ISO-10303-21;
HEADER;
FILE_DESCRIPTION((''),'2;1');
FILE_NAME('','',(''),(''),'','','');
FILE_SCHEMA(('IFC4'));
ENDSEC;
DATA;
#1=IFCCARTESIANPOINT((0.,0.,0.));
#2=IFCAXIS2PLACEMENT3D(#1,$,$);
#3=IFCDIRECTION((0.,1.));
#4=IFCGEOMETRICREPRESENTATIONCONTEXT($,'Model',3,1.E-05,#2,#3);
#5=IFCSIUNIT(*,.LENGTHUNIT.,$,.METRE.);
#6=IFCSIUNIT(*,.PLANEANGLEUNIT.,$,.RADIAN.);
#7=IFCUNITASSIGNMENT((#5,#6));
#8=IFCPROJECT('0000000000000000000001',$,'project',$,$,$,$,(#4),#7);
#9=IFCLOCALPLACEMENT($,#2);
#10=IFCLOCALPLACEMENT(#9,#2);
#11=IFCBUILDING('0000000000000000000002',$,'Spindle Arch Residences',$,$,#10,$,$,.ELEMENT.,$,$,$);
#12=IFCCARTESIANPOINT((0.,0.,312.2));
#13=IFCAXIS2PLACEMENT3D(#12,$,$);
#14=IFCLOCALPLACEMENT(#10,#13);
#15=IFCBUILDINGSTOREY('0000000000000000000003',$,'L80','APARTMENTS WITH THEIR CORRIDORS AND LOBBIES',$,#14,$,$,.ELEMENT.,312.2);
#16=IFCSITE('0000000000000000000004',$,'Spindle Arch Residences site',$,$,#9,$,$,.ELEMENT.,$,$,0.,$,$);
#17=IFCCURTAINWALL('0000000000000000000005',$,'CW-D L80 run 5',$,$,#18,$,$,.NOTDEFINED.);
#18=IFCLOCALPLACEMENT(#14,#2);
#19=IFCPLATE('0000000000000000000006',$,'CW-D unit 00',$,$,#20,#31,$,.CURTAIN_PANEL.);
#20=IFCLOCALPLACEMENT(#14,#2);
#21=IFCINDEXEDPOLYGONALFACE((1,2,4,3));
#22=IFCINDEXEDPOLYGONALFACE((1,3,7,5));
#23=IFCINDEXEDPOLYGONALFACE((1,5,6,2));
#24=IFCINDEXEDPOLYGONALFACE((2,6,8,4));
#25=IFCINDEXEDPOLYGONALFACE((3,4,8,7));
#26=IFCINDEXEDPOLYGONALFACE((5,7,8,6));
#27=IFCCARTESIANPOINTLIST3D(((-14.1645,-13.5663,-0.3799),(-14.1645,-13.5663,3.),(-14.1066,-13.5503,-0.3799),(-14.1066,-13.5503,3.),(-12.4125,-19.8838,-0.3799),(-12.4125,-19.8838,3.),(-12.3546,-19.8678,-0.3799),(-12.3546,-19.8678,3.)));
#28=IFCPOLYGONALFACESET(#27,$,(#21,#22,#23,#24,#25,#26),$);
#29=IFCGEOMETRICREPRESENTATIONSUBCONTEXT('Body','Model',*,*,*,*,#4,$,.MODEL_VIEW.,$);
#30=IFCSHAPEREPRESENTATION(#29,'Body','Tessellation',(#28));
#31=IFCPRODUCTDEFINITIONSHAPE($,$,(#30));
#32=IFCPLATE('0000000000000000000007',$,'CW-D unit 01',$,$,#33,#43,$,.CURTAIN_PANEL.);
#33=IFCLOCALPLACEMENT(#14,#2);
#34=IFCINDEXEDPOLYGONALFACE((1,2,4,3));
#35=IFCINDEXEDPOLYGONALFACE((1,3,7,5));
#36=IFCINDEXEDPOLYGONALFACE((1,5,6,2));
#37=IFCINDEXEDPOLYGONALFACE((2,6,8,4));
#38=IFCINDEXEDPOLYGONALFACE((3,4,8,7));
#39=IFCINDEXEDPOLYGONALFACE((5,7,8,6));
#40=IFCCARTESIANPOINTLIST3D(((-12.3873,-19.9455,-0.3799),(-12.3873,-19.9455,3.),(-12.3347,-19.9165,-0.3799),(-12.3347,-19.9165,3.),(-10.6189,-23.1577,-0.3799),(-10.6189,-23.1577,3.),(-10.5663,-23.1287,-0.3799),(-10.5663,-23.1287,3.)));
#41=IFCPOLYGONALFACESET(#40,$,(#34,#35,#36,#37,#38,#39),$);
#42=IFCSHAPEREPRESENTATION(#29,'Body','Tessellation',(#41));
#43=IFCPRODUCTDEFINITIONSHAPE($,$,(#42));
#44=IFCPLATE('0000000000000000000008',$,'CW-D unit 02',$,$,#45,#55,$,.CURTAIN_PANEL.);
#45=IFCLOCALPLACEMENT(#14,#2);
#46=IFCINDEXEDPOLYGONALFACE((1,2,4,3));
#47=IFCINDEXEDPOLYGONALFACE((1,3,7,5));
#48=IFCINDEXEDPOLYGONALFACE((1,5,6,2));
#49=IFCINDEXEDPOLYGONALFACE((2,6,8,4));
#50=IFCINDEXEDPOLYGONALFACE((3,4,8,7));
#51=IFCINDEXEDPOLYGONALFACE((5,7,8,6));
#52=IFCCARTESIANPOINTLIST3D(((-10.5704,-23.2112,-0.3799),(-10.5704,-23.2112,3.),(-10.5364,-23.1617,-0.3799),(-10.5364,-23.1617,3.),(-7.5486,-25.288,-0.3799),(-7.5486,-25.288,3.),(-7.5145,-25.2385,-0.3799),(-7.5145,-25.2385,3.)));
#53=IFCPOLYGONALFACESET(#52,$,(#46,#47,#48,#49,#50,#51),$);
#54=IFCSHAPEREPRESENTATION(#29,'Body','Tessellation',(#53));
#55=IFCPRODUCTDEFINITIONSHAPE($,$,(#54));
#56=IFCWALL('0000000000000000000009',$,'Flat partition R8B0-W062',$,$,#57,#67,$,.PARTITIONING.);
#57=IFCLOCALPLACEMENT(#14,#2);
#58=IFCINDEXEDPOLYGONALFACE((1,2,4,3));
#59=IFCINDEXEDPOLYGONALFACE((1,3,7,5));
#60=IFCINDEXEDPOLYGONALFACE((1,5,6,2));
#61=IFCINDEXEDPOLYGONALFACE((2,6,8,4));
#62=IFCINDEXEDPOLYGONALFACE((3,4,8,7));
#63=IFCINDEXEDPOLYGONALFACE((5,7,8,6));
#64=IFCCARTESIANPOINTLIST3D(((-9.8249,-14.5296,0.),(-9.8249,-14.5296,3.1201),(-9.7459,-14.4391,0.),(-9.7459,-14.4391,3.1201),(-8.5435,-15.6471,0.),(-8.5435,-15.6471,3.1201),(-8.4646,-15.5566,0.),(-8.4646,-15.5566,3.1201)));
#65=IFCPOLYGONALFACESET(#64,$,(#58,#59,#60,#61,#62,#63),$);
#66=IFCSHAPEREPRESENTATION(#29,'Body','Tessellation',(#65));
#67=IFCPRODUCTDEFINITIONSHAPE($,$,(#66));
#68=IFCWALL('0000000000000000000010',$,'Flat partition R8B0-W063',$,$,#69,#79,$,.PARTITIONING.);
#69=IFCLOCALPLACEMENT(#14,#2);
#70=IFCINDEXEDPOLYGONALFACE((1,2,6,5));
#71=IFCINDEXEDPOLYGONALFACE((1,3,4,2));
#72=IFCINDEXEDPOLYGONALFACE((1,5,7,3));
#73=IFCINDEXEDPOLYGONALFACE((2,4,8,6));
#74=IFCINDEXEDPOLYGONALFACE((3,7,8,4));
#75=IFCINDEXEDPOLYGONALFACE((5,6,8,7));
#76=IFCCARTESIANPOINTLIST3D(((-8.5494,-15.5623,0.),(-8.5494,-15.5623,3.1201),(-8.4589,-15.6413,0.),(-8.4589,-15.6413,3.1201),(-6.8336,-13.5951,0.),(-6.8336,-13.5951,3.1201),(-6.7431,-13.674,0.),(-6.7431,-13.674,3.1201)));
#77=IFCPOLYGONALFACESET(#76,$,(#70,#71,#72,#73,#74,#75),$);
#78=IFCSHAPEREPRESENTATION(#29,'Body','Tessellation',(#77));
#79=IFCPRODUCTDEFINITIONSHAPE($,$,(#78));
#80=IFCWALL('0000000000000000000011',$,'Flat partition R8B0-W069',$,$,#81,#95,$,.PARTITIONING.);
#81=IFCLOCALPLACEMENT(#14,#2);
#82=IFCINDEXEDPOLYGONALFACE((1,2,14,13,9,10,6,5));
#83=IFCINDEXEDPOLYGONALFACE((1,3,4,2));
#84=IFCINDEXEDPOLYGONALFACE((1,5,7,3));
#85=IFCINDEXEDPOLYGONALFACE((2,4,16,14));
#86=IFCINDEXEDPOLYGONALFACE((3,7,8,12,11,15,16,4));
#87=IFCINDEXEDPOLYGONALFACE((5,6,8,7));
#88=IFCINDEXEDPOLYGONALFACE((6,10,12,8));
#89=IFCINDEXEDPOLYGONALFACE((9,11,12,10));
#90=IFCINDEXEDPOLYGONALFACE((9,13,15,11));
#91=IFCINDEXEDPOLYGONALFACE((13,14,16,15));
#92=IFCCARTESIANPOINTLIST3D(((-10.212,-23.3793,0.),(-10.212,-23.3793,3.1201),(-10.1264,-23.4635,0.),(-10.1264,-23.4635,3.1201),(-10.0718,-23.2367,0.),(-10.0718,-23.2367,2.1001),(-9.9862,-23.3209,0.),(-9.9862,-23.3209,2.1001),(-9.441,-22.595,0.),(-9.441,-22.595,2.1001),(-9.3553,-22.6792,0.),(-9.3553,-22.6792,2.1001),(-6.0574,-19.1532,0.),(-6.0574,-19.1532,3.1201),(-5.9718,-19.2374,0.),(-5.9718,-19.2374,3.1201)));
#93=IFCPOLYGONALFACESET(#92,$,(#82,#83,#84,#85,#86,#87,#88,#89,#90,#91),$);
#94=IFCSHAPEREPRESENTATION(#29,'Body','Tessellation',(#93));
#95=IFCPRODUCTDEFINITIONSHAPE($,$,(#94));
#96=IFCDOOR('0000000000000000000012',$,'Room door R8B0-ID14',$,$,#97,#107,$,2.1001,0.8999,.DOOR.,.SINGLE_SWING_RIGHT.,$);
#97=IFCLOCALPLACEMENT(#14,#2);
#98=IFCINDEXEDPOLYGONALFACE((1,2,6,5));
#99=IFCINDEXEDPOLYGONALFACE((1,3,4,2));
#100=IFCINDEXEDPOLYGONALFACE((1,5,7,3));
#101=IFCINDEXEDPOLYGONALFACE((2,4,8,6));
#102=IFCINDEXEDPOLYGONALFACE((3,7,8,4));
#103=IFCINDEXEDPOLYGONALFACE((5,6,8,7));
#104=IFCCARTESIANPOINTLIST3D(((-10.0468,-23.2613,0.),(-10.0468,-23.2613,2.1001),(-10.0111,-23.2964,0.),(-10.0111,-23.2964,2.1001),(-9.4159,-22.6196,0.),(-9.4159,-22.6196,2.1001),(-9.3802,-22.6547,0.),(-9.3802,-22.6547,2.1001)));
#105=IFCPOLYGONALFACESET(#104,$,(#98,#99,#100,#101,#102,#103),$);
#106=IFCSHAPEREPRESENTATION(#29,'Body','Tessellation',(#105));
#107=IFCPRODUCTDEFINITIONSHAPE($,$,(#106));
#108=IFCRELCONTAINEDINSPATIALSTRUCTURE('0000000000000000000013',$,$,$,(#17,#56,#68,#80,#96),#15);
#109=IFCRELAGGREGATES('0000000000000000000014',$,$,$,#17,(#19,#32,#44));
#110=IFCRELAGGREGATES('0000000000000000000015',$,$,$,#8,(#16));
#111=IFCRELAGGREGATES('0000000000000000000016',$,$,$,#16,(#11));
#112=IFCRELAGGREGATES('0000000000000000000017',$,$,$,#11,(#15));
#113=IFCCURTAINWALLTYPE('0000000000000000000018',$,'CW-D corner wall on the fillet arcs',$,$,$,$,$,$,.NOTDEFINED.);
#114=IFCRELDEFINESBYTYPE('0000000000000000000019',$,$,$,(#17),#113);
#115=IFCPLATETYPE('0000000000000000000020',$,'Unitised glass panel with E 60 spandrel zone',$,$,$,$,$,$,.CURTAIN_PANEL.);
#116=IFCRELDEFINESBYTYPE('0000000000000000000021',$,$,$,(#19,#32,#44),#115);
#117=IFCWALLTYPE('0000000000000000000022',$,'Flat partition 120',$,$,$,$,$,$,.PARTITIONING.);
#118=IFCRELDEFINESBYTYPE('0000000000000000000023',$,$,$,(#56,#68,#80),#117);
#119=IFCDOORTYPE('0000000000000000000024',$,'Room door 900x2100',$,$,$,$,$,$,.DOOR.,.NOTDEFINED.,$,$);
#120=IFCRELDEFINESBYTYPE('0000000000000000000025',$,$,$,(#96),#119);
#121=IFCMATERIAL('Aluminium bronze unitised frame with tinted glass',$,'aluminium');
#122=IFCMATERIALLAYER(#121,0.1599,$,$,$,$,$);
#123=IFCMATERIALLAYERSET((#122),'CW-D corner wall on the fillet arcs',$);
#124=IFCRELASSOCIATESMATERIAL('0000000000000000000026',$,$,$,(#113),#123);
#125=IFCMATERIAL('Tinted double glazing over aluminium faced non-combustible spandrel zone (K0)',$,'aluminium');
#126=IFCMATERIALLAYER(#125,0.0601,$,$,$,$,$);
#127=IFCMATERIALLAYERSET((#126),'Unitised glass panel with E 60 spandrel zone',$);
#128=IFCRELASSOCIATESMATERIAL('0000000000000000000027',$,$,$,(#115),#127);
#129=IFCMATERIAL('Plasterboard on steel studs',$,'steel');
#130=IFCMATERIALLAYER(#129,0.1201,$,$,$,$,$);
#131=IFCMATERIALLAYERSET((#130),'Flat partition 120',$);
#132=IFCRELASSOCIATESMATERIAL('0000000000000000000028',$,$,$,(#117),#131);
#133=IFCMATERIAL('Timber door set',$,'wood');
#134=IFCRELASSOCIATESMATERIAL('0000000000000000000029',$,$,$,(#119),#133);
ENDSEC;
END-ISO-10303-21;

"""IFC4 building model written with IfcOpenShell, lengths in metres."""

from ifc_helpers import new_model, si_unit, direction, frame, frame_2d, origin, origin_2d, place, context, subcontext, project, spatial, rectangle, extrude, material, layer, layer_set, type_object, element, fill, aggregate, save


model = new_model("IFC4")

# Units and contexts
model_context = context("Model", 3, precision=1e-05, world=origin(), true_north=direction((0.0, 1.0)))
body_context = subcontext(model_context, "Body", "Model", "MODEL_VIEW")
ifc_project = project(units=[si_unit("LENGTHUNIT", "METRE"), si_unit("PLANEANGLEUNIT", "RADIAN")], contexts=[model_context])

# Site, building, storey
site_placement = place(None, origin())
site = spatial("IfcSite", under=ifc_project, at=site_placement, Name="Spindle Arch Residences site", CompositionType="ELEMENT", RefElevation=0.0)
building_placement = place(site_placement, origin())
building = spatial("IfcBuilding", under=site, at=building_placement, Name="Spindle Arch Residences", CompositionType="ELEMENT")
storey_placement = place(building_placement, frame((0.0, 0.0, 312.2)))
storey = spatial("IfcBuildingStorey", under=building, at=storey_placement, Name="L80", Description="APARTMENTS WITH THEIR CORRIDORS AND LOBBIES", CompositionType="ELEMENT", Elevation=312.2)

# Curtain wall
ifc_material_1 = material(Name="Aluminium bronze unitised frame with tinted glass", Category="aluminium")
ifc_layer_1 = layer(ifc_material_1, 0.1599)
ifc_layer_set_1 = layer_set([ifc_layer_1], Name="CW-D corner wall on the fillet arcs")
curtain_wall_type = type_object("IfcCurtainWallType", Name="CW-D corner wall on the fillet arcs", PredefinedType="NOTDEFINED", material=ifc_layer_set_1)
curtain_wall_placement = place(storey_placement, origin())
curtain_wall = element("IfcCurtainWall", 1, at=curtain_wall_placement, inside=storey, type_object=curtain_wall_type, Name="CW-D L80 run 5", PredefinedType="NOTDEFINED")

# Plates
ifc_material_2 = material(Name="Tinted double glazing over aluminium faced non-combustible spandrel zone (K0)", Category="aluminium")
ifc_layer_2 = layer(ifc_material_2, 0.0601)
ifc_layer_set_2 = layer_set([ifc_layer_2], Name="Unitised glass panel with E 60 spandrel zone")
plate_type = type_object("IfcPlateType", Name="Unitised glass panel with E 60 spandrel zone", PredefinedType="CURTAIN_PANEL", material=ifc_layer_set_2)
plate_1_placement = place(storey_placement, frame((-13.2595, -16.717, -0.3799), z_axis=(0.0, 0.0, 1.0), x_axis=(0.267238, -0.96363, 0.0)))
plate_1 = element("IfcPlate", 2, at=plate_1_placement, type_object=plate_type, Name="CW-D unit 00", PredefinedType="CURTAIN_PANEL", context=body_context, shape_type="SweptSolid", body=[
    extrude(rectangle(XDim=6.5559, YDim=0.0601, at=origin_2d()), origin(), (0.0, 0.0, 1.0), 3.3799),
])
plate_2_placement = place(storey_placement, frame((-11.4768, -21.5371, -0.3799), z_axis=(0.0, 0.0, 1.0), x_axis=(0.482263, -0.876026, 0.0)))
plate_2 = element("IfcPlate", 3, at=plate_2_placement, type_object=plate_type, Name="CW-D unit 01", PredefinedType="CURTAIN_PANEL", context=body_context, shape_type="SweptSolid", body=[
    extrude(rectangle(XDim=3.6667, YDim=0.0601, at=origin_2d()), origin(), (0.0, 0.0, 1.0), 3.3799),
])
plate_3_placement = place(storey_placement, frame((-9.0425, -24.2249, -0.3799), z_axis=(0.0, 0.0, 1.0), x_axis=(0.824126, -0.566406, 0.0)))
plate_3 = element("IfcPlate", 4, at=plate_3_placement, type_object=plate_type, Name="CW-D unit 02", PredefinedType="CURTAIN_PANEL", context=body_context, shape_type="SweptSolid", body=[
    extrude(rectangle(XDim=3.6667, YDim=0.0601, at=origin_2d()), origin(), (0.0, 0.0, 1.0), 3.3799),
])
aggregate(curtain_wall, [plate_1, plate_2, plate_3])

# Walls
ifc_material_3 = material(Name="Plasterboard on steel studs", Category="steel")
ifc_layer_3 = layer(ifc_material_3, 0.1201)
ifc_layer_set_3 = layer_set([ifc_layer_3], Name="Flat partition 120")
wall_type = type_object("IfcWallType", Name="Flat partition 120", PredefinedType="PARTITIONING", material=ifc_layer_set_3)
wall_1_placement = place(storey_placement, frame((-9.7854, -14.4844, 0.0), z_axis=(0.0, 0.0, 1.0), x_axis=(0.753643, -0.657284, 0.0)))
element("IfcWall", 5, at=wall_1_placement, inside=storey, type_object=wall_type, Name="Flat partition R8B0-W062", PredefinedType="PARTITIONING", context=body_context, shape_type="SweptSolid", body=[
    extrude(rectangle(XDim=1.7002, YDim=0.1201, at=frame_2d((0.8501, 0.0))), origin(), (0.0, 0.0, 1.0), 3.1201),
])
wall_2_placement = place(storey_placement, frame((-8.5042, -15.6018, 0.0), z_axis=(0.0, 0.0, 1.0), x_axis=(0.657299, 0.75363, 0.0)))
element("IfcWall", 6, at=wall_2_placement, inside=storey, type_object=wall_type, Name="Flat partition R8B0-W063", PredefinedType="PARTITIONING", context=body_context, shape_type="SweptSolid", body=[
    extrude(rectangle(XDim=2.6104, YDim=0.1201, at=frame_2d((1.3052, 0.0))), origin(), (0.0, 0.0, 1.0), 3.1201),
])

# Wall, opening, door
wall_3_placement = place(storey_placement, frame((-10.1692, -23.4214, 0.0), z_axis=(0.0, 0.0, 1.0), x_axis=(0.701046, 0.713116, 0.0)))
wall_3 = element("IfcWall", 7, at=wall_3_placement, inside=storey, type_object=wall_type, Name="Flat partition R8B0-W069", PredefinedType="PARTITIONING", context=body_context, shape_type="SweptSolid", body=[
    extrude(rectangle(XDim=5.9263, YDim=0.1201, at=frame_2d((2.9631, 0.0))), origin(), (0.0, 0.0, 1.0), 3.1201),
])
opening_placement = place(wall_3_placement, frame((0.2, 0.0, 0.0)))
opening = element("IfcOpeningElement", 8, at=opening_placement, cuts=wall_3, PredefinedType="OPENING", context=body_context, shape_type="SweptSolid", body=[
    extrude(rectangle(XDim=0.8999, YDim=2.1001, at=frame_2d((0.45, 1.05))), frame((0.0, 0.0701, 0.0), z_axis=(0.0, -1.0, 0.0), x_axis=(1.0, 0.0, 0.0)), (0.0, 0.0, 1.0), 0.1401),
])
ifc_material_4 = material(Name="Timber door set", Category="wood")
door_type = type_object("IfcDoorType", Name="Room door 900x2100", OperationType="NOTDEFINED", PredefinedType="DOOR", material=ifc_material_4)
door_placement = place(opening_placement, origin())
door = element("IfcDoor", 9, at=door_placement, inside=storey, type_object=door_type, Name="Room door R8B0-ID14", OperationType="SINGLE_SWING_RIGHT", OverallHeight=2.1001, OverallWidth=0.8999, PredefinedType="DOOR", context=body_context, shape_type="SweptSolid", body=[
    extrude(rectangle(XDim=0.8999, YDim=2.1001, at=frame_2d((0.45, 1.05))), frame((0.0, 0.0249, 0.0), z_axis=(0.0, -1.0, 0.0), x_axis=(1.0, 0.0, 0.0)), (0.0, 0.0, 1.0), 0.05),
])
fill(opening, door)

save(model, "model.ifc")
